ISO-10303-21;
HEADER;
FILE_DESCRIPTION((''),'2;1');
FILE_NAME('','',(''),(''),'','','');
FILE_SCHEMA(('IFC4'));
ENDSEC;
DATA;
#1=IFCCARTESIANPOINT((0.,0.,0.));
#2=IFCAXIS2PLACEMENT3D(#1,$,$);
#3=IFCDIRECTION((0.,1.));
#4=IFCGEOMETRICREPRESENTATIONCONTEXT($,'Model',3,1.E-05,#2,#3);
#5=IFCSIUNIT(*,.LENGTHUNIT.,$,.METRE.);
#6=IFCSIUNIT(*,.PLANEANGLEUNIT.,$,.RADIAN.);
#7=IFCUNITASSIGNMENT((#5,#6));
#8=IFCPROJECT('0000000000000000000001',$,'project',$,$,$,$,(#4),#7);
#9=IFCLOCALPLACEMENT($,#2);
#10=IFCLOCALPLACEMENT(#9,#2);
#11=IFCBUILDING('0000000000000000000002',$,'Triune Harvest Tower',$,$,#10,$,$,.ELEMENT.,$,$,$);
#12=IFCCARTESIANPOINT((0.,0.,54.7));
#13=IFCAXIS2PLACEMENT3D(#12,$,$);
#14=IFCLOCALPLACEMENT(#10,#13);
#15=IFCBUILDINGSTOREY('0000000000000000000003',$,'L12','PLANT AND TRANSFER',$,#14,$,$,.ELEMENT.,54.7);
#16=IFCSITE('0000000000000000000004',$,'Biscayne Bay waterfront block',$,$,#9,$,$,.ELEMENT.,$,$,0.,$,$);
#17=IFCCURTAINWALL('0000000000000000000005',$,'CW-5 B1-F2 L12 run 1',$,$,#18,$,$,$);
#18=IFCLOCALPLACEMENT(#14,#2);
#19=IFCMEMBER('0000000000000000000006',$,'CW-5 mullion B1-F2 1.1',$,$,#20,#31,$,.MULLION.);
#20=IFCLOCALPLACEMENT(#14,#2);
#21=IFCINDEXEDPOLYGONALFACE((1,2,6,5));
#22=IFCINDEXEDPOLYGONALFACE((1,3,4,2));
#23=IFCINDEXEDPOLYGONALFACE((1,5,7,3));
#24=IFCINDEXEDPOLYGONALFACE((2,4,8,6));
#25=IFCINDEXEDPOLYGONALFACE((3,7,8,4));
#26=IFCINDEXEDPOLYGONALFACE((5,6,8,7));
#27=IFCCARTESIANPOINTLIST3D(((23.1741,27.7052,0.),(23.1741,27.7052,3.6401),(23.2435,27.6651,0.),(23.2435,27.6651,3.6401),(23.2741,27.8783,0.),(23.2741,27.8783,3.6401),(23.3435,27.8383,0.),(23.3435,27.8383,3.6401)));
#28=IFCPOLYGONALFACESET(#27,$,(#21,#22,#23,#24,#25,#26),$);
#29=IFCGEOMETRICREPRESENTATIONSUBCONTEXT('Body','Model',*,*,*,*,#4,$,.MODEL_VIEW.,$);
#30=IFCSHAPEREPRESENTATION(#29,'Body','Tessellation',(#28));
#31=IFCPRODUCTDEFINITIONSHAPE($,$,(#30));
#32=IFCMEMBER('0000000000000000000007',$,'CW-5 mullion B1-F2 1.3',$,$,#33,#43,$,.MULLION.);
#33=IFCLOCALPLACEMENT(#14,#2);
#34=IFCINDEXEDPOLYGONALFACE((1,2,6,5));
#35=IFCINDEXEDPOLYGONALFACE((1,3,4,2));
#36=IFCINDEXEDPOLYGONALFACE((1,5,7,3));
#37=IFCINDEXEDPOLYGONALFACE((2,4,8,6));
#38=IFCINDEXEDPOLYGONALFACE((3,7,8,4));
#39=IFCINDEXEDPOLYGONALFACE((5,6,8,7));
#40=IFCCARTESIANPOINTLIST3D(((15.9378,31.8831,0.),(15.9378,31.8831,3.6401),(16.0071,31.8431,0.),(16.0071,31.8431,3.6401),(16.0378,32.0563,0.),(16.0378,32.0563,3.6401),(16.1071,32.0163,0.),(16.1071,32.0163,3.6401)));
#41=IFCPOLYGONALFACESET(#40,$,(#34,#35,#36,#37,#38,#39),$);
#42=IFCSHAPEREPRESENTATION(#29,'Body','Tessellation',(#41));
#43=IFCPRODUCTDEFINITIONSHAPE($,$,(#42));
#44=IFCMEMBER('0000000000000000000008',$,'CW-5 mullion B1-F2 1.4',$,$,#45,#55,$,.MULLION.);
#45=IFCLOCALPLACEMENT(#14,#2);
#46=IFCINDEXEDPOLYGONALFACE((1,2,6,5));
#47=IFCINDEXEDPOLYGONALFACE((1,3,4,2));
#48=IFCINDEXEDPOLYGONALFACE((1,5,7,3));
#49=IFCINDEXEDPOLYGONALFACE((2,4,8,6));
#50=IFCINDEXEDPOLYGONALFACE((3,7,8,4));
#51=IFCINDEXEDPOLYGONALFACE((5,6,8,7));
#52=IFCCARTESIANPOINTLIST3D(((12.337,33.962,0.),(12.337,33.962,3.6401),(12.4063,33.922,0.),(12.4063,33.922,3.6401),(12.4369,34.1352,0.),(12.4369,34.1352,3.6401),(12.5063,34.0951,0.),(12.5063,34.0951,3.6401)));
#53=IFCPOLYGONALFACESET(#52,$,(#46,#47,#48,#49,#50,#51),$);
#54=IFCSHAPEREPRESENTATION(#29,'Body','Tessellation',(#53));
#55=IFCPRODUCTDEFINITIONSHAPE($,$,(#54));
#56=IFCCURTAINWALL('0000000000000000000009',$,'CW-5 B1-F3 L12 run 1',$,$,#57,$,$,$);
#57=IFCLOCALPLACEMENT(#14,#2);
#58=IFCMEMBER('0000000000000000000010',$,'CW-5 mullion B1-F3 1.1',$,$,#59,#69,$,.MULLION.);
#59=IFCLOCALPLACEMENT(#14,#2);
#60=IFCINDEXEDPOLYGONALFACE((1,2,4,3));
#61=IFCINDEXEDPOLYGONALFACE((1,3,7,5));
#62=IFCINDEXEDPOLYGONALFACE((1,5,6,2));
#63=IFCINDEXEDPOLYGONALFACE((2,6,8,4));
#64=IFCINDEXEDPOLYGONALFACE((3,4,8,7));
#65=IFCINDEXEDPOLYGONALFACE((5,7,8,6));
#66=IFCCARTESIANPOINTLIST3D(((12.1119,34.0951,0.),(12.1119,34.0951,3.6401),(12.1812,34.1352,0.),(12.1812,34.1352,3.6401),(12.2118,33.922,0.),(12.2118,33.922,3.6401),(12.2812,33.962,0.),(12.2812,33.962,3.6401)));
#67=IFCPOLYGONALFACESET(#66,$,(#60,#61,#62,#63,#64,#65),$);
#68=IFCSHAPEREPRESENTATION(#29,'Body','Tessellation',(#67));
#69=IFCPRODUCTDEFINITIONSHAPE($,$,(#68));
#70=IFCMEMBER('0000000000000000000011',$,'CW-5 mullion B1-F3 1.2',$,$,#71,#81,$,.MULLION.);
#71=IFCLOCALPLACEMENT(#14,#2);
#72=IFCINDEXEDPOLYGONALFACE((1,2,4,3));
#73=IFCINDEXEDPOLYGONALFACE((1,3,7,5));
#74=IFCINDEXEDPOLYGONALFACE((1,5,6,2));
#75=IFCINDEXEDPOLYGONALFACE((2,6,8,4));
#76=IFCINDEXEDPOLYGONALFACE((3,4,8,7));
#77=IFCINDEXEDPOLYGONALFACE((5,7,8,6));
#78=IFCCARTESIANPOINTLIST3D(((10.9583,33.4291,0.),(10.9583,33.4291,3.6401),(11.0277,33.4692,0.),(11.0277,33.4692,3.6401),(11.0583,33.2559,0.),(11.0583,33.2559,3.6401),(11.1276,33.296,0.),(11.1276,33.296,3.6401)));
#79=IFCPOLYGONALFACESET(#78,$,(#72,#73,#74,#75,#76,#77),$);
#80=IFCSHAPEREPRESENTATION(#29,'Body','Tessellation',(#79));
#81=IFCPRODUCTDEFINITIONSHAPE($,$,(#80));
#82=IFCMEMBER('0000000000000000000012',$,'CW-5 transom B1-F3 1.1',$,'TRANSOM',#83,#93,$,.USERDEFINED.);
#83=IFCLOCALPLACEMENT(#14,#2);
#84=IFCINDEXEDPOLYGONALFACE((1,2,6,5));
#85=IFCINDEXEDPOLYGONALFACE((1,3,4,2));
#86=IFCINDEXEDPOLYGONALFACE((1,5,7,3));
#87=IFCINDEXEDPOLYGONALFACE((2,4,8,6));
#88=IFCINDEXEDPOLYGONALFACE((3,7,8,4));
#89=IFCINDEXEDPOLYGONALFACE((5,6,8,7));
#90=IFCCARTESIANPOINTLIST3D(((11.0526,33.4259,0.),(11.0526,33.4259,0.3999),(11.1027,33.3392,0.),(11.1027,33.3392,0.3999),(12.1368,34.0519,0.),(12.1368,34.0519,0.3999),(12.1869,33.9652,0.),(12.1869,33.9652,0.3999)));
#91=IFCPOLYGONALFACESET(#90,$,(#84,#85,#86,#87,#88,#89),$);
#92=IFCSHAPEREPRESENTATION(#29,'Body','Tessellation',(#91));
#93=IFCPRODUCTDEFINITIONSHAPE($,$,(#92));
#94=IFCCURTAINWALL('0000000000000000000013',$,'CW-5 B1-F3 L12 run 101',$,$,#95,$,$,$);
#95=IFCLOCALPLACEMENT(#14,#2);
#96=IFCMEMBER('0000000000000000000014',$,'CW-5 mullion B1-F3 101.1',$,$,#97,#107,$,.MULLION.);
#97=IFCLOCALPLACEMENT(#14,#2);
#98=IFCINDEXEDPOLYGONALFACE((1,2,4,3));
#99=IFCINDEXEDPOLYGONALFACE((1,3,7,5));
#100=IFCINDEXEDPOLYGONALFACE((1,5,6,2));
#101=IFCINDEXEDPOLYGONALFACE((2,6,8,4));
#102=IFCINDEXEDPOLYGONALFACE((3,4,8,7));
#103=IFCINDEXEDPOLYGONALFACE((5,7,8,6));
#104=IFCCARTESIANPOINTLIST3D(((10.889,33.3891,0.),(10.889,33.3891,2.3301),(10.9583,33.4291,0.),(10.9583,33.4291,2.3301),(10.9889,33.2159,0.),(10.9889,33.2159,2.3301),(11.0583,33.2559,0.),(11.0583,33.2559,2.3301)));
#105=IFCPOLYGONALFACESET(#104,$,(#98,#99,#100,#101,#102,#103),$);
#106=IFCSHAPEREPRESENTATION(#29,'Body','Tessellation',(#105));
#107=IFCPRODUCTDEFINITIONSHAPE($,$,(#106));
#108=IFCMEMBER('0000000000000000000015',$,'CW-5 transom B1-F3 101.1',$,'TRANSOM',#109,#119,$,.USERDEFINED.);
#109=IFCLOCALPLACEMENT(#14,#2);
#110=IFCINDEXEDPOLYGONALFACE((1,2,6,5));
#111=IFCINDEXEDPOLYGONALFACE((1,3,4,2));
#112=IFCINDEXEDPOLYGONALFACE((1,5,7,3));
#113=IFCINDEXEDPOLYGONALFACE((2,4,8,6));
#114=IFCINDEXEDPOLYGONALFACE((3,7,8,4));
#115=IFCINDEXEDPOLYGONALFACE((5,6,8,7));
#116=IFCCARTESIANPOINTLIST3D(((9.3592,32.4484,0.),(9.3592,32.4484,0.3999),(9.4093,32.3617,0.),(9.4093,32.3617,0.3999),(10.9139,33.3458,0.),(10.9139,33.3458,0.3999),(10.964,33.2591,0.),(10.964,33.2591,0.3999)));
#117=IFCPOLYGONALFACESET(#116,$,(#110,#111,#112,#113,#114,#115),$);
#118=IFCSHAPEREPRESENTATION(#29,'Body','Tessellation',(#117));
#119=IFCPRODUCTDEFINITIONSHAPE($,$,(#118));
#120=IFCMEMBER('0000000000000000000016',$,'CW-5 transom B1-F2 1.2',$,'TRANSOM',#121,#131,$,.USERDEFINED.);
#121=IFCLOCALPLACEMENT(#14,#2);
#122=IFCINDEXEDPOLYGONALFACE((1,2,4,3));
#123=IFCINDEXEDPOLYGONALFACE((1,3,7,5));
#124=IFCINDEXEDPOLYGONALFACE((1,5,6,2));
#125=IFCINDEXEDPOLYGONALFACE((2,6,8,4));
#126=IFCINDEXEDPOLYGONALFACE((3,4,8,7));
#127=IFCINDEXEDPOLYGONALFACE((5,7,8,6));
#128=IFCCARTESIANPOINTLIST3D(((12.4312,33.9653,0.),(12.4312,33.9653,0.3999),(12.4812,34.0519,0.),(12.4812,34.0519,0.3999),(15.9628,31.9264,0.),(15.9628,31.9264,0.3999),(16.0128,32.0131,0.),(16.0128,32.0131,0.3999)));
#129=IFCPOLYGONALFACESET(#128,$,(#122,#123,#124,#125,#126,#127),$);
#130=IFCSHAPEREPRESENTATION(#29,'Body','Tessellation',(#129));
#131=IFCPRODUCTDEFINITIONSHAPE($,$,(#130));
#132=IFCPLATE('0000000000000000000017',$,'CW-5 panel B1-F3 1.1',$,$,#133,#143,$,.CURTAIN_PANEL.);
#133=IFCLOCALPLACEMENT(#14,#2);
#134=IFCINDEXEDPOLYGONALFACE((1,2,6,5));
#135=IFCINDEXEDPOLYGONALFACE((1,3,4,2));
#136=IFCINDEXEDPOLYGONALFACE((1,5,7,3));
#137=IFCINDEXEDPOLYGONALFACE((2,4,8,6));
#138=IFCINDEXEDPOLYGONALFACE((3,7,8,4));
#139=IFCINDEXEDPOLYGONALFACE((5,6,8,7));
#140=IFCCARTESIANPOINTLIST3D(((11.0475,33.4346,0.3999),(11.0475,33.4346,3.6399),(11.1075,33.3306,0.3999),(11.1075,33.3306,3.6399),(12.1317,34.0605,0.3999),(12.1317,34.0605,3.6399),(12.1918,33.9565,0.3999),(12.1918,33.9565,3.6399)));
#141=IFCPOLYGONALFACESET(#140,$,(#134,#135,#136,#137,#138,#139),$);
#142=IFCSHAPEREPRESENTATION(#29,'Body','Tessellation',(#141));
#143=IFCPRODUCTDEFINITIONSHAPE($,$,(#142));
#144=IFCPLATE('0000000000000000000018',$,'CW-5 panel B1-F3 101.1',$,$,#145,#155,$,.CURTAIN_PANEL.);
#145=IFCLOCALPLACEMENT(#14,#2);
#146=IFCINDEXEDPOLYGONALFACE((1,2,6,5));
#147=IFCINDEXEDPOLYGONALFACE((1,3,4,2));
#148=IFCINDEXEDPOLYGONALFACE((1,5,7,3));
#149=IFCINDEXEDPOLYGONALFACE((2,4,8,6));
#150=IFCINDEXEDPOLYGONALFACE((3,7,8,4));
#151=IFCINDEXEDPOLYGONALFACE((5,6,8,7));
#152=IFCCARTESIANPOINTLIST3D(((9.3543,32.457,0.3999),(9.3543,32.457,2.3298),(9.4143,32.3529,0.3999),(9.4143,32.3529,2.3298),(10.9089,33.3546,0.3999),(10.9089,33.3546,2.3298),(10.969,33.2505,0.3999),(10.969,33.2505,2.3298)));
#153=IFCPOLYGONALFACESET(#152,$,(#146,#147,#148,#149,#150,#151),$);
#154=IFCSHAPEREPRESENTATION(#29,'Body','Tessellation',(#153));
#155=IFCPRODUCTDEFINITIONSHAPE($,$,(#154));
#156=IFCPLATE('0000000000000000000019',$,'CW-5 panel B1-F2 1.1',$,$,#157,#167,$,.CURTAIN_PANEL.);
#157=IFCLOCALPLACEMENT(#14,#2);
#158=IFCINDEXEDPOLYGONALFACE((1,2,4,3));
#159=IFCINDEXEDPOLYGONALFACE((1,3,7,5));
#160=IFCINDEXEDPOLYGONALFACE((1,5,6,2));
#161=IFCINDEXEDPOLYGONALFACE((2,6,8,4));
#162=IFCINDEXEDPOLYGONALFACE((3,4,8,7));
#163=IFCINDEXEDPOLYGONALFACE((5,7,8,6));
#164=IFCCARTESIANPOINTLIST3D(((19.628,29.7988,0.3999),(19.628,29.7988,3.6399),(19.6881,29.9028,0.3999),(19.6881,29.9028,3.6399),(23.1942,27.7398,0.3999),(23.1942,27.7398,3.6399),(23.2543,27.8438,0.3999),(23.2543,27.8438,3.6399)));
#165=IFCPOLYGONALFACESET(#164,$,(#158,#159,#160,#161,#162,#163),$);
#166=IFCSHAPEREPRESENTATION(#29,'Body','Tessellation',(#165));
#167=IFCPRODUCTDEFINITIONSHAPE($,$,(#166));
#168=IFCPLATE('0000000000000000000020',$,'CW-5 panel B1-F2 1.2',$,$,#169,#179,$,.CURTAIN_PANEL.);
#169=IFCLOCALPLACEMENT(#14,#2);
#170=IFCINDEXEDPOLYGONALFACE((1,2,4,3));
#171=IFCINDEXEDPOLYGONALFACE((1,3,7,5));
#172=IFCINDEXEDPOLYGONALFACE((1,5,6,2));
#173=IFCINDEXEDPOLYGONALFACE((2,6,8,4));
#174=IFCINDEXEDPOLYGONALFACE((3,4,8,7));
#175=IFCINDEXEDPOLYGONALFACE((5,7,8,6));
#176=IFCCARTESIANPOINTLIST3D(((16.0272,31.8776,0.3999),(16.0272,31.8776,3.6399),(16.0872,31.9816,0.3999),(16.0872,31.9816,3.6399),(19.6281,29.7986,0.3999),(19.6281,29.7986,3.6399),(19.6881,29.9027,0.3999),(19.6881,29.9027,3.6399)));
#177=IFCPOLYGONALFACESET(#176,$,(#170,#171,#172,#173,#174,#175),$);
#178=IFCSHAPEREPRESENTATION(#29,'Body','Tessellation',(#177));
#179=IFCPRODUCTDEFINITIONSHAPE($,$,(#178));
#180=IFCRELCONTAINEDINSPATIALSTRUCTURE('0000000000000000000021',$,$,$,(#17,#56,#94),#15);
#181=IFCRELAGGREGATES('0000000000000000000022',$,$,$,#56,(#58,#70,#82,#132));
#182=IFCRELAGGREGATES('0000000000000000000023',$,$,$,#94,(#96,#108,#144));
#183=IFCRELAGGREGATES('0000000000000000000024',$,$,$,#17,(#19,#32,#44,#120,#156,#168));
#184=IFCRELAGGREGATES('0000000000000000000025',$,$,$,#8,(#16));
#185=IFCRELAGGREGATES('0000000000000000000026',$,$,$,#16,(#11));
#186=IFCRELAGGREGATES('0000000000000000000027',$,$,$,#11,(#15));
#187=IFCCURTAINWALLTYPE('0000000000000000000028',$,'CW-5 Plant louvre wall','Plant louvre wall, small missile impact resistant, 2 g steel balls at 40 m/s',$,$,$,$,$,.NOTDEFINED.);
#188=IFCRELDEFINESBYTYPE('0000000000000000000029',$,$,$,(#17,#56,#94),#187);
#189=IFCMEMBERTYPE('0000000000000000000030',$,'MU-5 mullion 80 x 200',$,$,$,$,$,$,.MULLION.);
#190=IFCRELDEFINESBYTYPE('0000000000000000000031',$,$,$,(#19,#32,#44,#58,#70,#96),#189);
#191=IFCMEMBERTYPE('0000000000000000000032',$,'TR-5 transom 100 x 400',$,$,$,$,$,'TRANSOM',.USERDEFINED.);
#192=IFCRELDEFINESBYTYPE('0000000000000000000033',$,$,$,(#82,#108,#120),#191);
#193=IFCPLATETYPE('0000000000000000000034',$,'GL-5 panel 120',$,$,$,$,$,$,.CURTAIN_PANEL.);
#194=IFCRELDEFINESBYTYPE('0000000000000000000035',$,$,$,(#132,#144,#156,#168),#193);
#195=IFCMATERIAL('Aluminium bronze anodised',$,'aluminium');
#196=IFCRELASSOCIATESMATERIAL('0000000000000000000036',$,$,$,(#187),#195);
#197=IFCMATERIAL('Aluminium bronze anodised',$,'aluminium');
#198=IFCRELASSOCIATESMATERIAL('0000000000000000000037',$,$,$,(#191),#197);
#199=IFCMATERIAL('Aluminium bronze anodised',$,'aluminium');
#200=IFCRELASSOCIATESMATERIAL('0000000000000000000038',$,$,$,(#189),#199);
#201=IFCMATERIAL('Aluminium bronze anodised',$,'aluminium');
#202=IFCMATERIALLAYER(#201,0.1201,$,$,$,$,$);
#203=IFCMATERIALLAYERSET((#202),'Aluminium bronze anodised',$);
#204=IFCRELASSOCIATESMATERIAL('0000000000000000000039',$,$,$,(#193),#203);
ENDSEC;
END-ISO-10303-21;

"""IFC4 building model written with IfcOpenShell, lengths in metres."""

from ifc_helpers import new_model, si_unit, direction, frame, origin, origin_2d, place, context, subcontext, project, spatial, rectangle, extrude, source, transform, mapped, material, layer, layer_set, material_profile, profile_set, type_object, element, aggregate, save


model = new_model("IFC4")

# Units and contexts
model_context = context("Model", 3, precision=1e-05, world=origin(), true_north=direction((0.0, 1.0)))
body_context = subcontext(model_context, "Body", "Model", "MODEL_VIEW")
ifc_project = project(units=[si_unit("LENGTHUNIT", "METRE"), si_unit("PLANEANGLEUNIT", "RADIAN")], contexts=[model_context])

# Site, building, storey
site_placement = place(None, origin())
site = spatial("IfcSite", under=ifc_project, at=site_placement, Name="Biscayne Bay waterfront block", CompositionType="ELEMENT", RefElevation=0.0)
building_placement = place(site_placement, origin())
building = spatial("IfcBuilding", under=site, at=building_placement, Name="Triune Harvest Tower", CompositionType="ELEMENT")
storey_placement = place(building_placement, frame((0.0, 0.0, 54.7)))
storey = spatial("IfcBuildingStorey", under=building, at=storey_placement, Name="L12", Description="PLANT AND TRANSFER", CompositionType="ELEMENT", Elevation=54.7)

# Curtain wall
ifc_material_1 = material(Name="Aluminium bronze anodised", Category="aluminium")
curtain_wall_type = type_object("IfcCurtainWallType", Name="CW-5 Plant louvre wall", Description="Plant louvre wall, small missile impact resistant, 2 g steel balls at 40 m/s", PredefinedType="NOTDEFINED", material=ifc_material_1)
curtain_wall_1_placement = place(storey_placement, origin())
curtain_wall_1 = element("IfcCurtainWall", 1, at=curtain_wall_1_placement, inside=storey, type_object=curtain_wall_type, Name="CW-5 B1-F2 L12 run 1")
ifc_material_2 = material(Name="Aluminium bronze anodised", Category="aluminium")
ifc_material_profile_1 = material_profile(ifc_material_2, rectangle(XDim=0.1001, YDim=0.3999, at=origin_2d()), Name="TR-5 transom 100 x 400")
ifc_profile_set_1 = profile_set([ifc_material_profile_1], Name="Aluminium bronze anodised")
member_type_1 = type_object("IfcMemberType", Name="TR-5 transom 100 x 400", ElementType="TRANSOM", PredefinedType="USERDEFINED", material=ifc_profile_set_1)

# Members
ifc_material_3 = material(Name="Aluminium bronze anodised", Category="aluminium")
ifc_material_profile_2 = material_profile(ifc_material_3, rectangle(XDim=0.2, YDim=0.0801, at=origin_2d()), Name="MU-5 mullion 80 x 200")
ifc_profile_set_2 = profile_set([ifc_material_profile_2], Name="Aluminium bronze anodised")
member_type_2 = type_object("IfcMemberType", Name="MU-5 mullion 80 x 200", PredefinedType="MULLION", material=ifc_profile_set_2)
shared_shape_1 = source(origin(), body_context, "Body", "SweptSolid", [
    extrude(rectangle(XDim=0.2, YDim=0.0801, at=origin_2d()), origin(), (0.0, 0.0, 1.0), 3.6401),
])
member_1_placement = place(storey_placement, frame((23.2588, 27.7717, 0.0), z_axis=(0.0, 0.0, 1.0), x_axis=(-0.499999, -0.866026, 0.0)))
member_1 = element("IfcMember", 2, at=member_1_placement, type_object=member_type_2, Name="CW-5 mullion B1-F2 1.1", PredefinedType="MULLION", context=body_context, shape_type="MappedRepresentation", body=[
    mapped(shared_shape_1, transform((0.0, 0.0, 0.0), scale=1.0)),
])
member_2_placement = place(storey_placement, frame((16.0225, 31.9497, 0.0), z_axis=(0.0, 0.0, 1.0), x_axis=(-0.499999, -0.866026, 0.0)))
member_2 = element("IfcMember", 3, at=member_2_placement, type_object=member_type_2, Name="CW-5 mullion B1-F2 1.3", PredefinedType="MULLION", context=body_context, shape_type="MappedRepresentation", body=[
    mapped(shared_shape_1, transform((0.0, 0.0, 0.0), scale=1.0)),
])
member_3_placement = place(storey_placement, frame((12.4216, 34.0286, 0.0), z_axis=(0.0, 0.0, 1.0), x_axis=(-0.499999, -0.866026, 0.0)))
member_3 = element("IfcMember", 4, at=member_3_placement, type_object=member_type_2, Name="CW-5 mullion B1-F2 1.4", PredefinedType="MULLION", context=body_context, shape_type="MappedRepresentation", body=[
    mapped(shared_shape_1, transform((0.0, 0.0, 0.0), scale=1.0)),
])

# Curtain walls, members
curtain_wall_2_placement = place(storey_placement, origin())
curtain_wall_2 = element("IfcCurtainWall", 5, at=curtain_wall_2_placement, inside=storey, type_object=curtain_wall_type, Name="CW-5 B1-F3 L12 run 1")
member_4_placement = place(storey_placement, frame((12.1965, 34.0286, 0.0), z_axis=(0.0, 0.0, 1.0), x_axis=(0.499978, -0.866038, 0.0)))
member_4 = element("IfcMember", 6, at=member_4_placement, type_object=member_type_2, Name="CW-5 mullion B1-F3 1.1", PredefinedType="MULLION", context=body_context, shape_type="MappedRepresentation", body=[
    mapped(shared_shape_1, transform((0.0, 0.0, 0.0), scale=1.0)),
])
member_5_placement = place(storey_placement, frame((11.043, 33.3625, 0.0), z_axis=(0.0, 0.0, 1.0), x_axis=(0.499978, -0.866038, 0.0)))
member_5 = element("IfcMember", 7, at=member_5_placement, type_object=member_type_2, Name="CW-5 mullion B1-F3 1.2", PredefinedType="MULLION", context=body_context, shape_type="MappedRepresentation", body=[
    mapped(shared_shape_1, transform((0.0, 0.0, 0.0), scale=1.0)),
])
shared_shape_2 = source(origin(), body_context, "Body", "SweptSolid", [
    extrude(rectangle(XDim=0.1001, YDim=0.3999, at=origin_2d()), origin(), (0.0, 0.0, 1.0), 1.252),
])
member_6_placement = place(storey_placement, frame((12.1619, 34.0085, 0.2), z_axis=(-0.866026, -0.499998, 0.0), x_axis=(0.499998, -0.866026, 0.0)))
member_6 = element("IfcMember", 8, at=member_6_placement, type_object=member_type_1, Name="CW-5 transom B1-F3 1.1", ObjectType="TRANSOM", PredefinedType="USERDEFINED", context=body_context, shape_type="MappedRepresentation", body=[
    mapped(shared_shape_2, transform((0.0, 0.0, 0.0), scale=1.0)),
])
curtain_wall_3_placement = place(storey_placement, origin())
curtain_wall_3 = element("IfcCurtainWall", 9, at=curtain_wall_3_placement, inside=storey, type_object=curtain_wall_type, Name="CW-5 B1-F3 L12 run 101")
shared_shape_3 = source(origin(), body_context, "Body", "SweptSolid", [
    extrude(rectangle(XDim=0.2, YDim=0.0801, at=origin_2d()), origin(), (0.0, 0.0, 1.0), 2.3301),
])
member_7_placement = place(storey_placement, frame((10.9736, 33.3225, 0.0), z_axis=(0.0, 0.0, 1.0), x_axis=(0.500012, -0.866019, 0.0)))
member_7 = element("IfcMember", 10, at=member_7_placement, type_object=member_type_2, Name="CW-5 mullion B1-F3 101.1", PredefinedType="MULLION", context=body_context, shape_type="MappedRepresentation", body=[
    mapped(shared_shape_3, transform((0.0, 0.0, 0.0), scale=1.0)),
])
shared_shape_4 = source(origin(), body_context, "Body", "SweptSolid", [
    extrude(rectangle(XDim=0.1001, YDim=0.3999, at=origin_2d()), origin(), (0.0, 0.0, 1.0), 1.7952),
])
member_8_placement = place(storey_placement, frame((10.939, 33.3025, 0.2), z_axis=(-0.866059, -0.499942, 0.0), x_axis=(0.499942, -0.866059, 0.0)))
member_8 = element("IfcMember", 11, at=member_8_placement, type_object=member_type_1, Name="CW-5 transom B1-F3 101.1", ObjectType="TRANSOM", PredefinedType="USERDEFINED", context=body_context, shape_type="MappedRepresentation", body=[
    mapped(shared_shape_4, transform((0.0, 0.0, 0.0), scale=1.0)),
])

# Member
shared_shape_5 = source(origin(), body_context, "Body", "SweptSolid", [
    extrude(rectangle(XDim=0.1001, YDim=0.3999, at=origin_2d()), origin(), (0.0, 0.0, 1.0), 4.0779),
])
member_9_placement = place(storey_placement, frame((15.9878, 31.9697, 0.2), z_axis=(-0.866035, 0.499983, 0.0), x_axis=(-0.499983, -0.866035, 0.0)))
member_9 = element("IfcMember", 12, at=member_9_placement, type_object=member_type_1, Name="CW-5 transom B1-F2 1.2", ObjectType="TRANSOM", PredefinedType="USERDEFINED", context=body_context, shape_type="MappedRepresentation", body=[
    mapped(shared_shape_5, transform((0.0, 0.0, 0.0), scale=1.0)),
])

# Plates
ifc_material_4 = material(Name="Aluminium bronze anodised", Category="aluminium")
ifc_layer_1 = layer(ifc_material_4, 0.1201)
ifc_layer_set_1 = layer_set([ifc_layer_1], Name="Aluminium bronze anodised")
plate_type = type_object("IfcPlateType", Name="GL-5 panel 120", PredefinedType="CURTAIN_PANEL", material=ifc_layer_set_1)
shared_shape_6 = source(origin(), body_context, "Body", "SweptSolid", [
    extrude(rectangle(XDim=1.252, YDim=0.1201, at=origin_2d()), origin(), (0.0, 0.0, 1.0), 3.24),
])
plate_1_placement = place(storey_placement, frame((11.6196, 33.6956, 0.3999), z_axis=(0.0, 0.0, 1.0), x_axis=(-0.866038, -0.499978, 0.0)))
plate_1 = element("IfcPlate", 13, at=plate_1_placement, type_object=plate_type, Name="CW-5 panel B1-F3 1.1", PredefinedType="CURTAIN_PANEL", context=body_context, shape_type="MappedRepresentation", body=[
    mapped(shared_shape_6, transform((0.0, 0.0, 0.0), scale=1.0)),
])
aggregate(curtain_wall_2, [member_4, member_5, member_6, plate_1])
shared_shape_7 = source(origin(), body_context, "Body", "SweptSolid", [
    extrude(rectangle(XDim=1.7952, YDim=0.1201, at=origin_2d()), origin(), (0.0, 0.0, 1.0), 1.9299),
])
plate_2_placement = place(storey_placement, frame((10.1616, 32.8538, 0.3999), z_axis=(0.0, 0.0, 1.0), x_axis=(-0.866019, -0.500012, 0.0)))
plate_2 = element("IfcPlate", 14, at=plate_2_placement, type_object=plate_type, Name="CW-5 panel B1-F3 101.1", PredefinedType="CURTAIN_PANEL", context=body_context, shape_type="MappedRepresentation", body=[
    mapped(shared_shape_7, transform((0.0, 0.0, 0.0), scale=1.0)),
])
aggregate(curtain_wall_3, [member_7, member_8, plate_2])
shared_shape_8 = source(origin(), body_context, "Body", "SweptSolid", [
    extrude(rectangle(XDim=4.1179, YDim=0.1201, at=origin_2d()), origin(), (0.0, 0.0, 1.0), 3.24),
])
plate_3_placement = place(storey_placement, frame((21.4412, 28.8213, 0.3999), z_axis=(0.0, 0.0, 1.0), x_axis=(-0.866026, 0.499999, 0.0)))
plate_3 = element("IfcPlate", 15, at=plate_3_placement, type_object=plate_type, Name="CW-5 panel B1-F2 1.1", PredefinedType="CURTAIN_PANEL", context=body_context, shape_type="MappedRepresentation", body=[
    mapped(shared_shape_8, transform((0.0, 0.0, 0.0), scale=1.0)),
])
shared_shape_9 = source(origin(), body_context, "Body", "SweptSolid", [
    extrude(rectangle(XDim=4.158, YDim=0.1201, at=origin_2d()), origin(), (0.0, 0.0, 1.0), 3.24),
])
plate_4_placement = place(storey_placement, frame((17.8577, 30.8901, 0.3999), z_axis=(0.0, 0.0, 1.0), x_axis=(-0.866026, 0.499999, 0.0)))
plate_4 = element("IfcPlate", 16, at=plate_4_placement, type_object=plate_type, Name="CW-5 panel B1-F2 1.2", PredefinedType="CURTAIN_PANEL", context=body_context, shape_type="MappedRepresentation", body=[
    mapped(shared_shape_9, transform((0.0, 0.0, 0.0), scale=1.0)),
])
aggregate(curtain_wall_1, [member_1, member_2, member_3, member_9, plate_3, plate_4])

save(model, "model.ifc")
